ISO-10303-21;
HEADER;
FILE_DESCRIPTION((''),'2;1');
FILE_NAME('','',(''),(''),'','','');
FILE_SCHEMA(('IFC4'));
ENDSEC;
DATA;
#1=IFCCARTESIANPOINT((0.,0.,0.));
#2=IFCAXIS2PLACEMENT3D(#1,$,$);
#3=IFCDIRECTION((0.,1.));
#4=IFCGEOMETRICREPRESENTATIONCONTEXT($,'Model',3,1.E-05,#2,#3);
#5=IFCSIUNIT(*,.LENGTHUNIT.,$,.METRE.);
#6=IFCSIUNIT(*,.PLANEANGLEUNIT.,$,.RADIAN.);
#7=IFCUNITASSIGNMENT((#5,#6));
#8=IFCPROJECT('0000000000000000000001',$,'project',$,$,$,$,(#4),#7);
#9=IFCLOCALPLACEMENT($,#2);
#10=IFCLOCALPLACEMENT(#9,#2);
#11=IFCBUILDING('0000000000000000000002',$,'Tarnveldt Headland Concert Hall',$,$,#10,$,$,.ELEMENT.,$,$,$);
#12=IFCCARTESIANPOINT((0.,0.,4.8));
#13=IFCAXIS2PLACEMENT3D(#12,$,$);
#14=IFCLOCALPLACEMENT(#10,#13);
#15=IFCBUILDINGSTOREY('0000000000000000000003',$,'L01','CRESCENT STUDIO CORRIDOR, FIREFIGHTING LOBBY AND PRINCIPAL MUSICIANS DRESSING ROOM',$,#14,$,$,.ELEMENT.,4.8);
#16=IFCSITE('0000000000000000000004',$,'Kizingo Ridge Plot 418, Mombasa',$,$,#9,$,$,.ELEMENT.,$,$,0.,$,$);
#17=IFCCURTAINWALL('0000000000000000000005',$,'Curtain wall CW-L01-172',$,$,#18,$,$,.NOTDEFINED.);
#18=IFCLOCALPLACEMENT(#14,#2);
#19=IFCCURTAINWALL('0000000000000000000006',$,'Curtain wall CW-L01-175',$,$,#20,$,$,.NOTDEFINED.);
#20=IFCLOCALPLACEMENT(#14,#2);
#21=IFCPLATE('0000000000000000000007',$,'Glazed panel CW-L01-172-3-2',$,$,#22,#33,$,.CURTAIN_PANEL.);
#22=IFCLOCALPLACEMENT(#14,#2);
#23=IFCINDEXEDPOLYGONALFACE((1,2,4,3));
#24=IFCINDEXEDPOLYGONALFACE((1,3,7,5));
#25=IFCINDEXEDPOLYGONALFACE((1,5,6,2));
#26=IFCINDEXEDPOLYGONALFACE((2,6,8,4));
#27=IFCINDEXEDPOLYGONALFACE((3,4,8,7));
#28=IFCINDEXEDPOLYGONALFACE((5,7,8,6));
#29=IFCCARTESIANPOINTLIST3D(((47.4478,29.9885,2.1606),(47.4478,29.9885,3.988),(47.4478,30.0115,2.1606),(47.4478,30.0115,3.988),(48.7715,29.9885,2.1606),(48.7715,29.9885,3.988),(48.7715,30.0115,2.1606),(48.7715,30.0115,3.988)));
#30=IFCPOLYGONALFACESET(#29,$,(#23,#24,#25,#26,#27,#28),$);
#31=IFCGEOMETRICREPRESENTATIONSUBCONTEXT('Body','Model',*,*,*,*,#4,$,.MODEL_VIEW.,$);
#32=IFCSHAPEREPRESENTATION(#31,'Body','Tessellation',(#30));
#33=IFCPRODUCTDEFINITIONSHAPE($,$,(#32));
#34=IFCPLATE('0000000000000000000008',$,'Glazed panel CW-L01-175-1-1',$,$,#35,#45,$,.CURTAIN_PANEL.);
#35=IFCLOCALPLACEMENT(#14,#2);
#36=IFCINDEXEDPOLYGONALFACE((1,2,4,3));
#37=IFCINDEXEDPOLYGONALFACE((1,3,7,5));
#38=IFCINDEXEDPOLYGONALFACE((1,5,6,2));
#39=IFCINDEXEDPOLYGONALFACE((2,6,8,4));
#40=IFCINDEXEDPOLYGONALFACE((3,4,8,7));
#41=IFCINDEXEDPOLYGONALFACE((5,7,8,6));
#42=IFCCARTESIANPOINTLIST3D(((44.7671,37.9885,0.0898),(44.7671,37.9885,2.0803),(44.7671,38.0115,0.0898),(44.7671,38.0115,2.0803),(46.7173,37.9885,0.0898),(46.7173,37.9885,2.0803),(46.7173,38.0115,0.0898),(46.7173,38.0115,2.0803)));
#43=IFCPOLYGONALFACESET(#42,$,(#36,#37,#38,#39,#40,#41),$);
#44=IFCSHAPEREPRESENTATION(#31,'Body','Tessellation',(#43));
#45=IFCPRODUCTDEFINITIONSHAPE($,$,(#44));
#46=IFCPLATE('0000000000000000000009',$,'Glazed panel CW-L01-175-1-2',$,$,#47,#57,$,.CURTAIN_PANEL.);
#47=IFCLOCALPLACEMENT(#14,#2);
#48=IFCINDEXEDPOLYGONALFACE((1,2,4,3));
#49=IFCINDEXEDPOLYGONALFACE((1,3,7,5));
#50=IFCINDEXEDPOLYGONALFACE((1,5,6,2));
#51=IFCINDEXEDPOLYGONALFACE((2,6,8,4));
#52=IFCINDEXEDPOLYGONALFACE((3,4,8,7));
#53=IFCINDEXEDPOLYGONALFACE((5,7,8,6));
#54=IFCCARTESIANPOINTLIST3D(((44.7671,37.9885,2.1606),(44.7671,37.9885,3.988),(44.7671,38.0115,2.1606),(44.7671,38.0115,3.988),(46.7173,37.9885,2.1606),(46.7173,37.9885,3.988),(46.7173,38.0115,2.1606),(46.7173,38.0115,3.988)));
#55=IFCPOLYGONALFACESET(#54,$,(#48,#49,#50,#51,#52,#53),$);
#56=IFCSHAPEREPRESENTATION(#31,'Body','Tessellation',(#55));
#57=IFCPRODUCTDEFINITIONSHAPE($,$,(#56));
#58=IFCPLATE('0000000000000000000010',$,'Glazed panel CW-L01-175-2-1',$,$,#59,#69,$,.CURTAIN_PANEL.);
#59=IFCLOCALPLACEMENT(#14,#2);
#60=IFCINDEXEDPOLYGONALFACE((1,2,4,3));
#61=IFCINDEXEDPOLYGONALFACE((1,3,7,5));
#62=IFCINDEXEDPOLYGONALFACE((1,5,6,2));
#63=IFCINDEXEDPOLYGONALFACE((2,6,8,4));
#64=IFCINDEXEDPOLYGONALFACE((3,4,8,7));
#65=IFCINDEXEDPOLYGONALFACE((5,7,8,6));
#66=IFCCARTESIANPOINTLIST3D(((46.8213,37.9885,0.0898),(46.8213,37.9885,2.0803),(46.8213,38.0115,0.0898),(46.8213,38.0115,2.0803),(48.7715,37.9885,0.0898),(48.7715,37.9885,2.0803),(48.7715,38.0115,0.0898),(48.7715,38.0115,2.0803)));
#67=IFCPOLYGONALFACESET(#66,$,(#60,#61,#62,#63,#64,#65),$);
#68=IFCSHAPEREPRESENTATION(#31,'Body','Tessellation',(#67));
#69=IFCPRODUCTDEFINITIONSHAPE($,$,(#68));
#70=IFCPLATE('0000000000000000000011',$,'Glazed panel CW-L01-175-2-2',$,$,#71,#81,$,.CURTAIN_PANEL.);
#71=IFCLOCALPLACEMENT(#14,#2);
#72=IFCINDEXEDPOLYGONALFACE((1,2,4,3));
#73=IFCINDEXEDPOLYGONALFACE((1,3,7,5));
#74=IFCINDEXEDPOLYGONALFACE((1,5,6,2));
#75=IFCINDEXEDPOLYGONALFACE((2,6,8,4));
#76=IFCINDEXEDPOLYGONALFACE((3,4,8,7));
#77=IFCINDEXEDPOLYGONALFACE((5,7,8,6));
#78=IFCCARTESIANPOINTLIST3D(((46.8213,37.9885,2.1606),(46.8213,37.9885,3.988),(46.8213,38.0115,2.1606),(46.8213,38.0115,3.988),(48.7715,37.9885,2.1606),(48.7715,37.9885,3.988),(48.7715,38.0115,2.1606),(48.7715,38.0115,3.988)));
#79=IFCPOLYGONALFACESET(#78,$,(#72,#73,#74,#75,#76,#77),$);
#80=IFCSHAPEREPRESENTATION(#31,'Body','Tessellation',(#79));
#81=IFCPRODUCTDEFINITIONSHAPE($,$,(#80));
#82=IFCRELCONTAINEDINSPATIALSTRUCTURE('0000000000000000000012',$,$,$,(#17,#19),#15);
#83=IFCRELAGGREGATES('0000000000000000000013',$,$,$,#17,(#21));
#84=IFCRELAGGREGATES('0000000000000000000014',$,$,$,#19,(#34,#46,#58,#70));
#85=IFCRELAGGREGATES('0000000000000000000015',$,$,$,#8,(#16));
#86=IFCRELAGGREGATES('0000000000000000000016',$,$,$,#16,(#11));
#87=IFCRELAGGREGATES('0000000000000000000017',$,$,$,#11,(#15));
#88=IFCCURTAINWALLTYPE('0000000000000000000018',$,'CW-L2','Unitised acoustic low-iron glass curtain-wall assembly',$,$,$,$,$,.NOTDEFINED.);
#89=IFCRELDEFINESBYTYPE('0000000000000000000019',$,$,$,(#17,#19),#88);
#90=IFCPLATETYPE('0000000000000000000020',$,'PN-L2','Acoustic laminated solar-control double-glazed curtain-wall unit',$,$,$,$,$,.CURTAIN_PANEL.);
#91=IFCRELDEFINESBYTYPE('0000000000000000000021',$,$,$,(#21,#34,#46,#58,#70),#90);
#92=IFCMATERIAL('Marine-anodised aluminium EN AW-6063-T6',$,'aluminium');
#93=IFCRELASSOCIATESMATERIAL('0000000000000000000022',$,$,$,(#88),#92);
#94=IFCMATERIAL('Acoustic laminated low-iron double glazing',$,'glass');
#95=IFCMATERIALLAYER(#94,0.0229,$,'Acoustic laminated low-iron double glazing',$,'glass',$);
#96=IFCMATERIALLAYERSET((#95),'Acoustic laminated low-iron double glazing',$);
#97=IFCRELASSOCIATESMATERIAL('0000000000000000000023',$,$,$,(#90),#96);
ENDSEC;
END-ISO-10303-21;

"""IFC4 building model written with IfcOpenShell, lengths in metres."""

from ifc_helpers import new_model, si_unit, direction, frame, origin, origin_2d, place, context, subcontext, project, spatial, rectangle, extrude, material, layer, layer_set, type_object, element, aggregate, save


model = new_model("IFC4")

# Units and contexts
model_context = context("Model", 3, precision=1e-05, world=origin(), true_north=direction((0.0, 1.0)))
body_context = subcontext(model_context, "Body", "Model", "MODEL_VIEW")
ifc_project = project(units=[si_unit("LENGTHUNIT", "METRE"), si_unit("PLANEANGLEUNIT", "RADIAN")], contexts=[model_context])

# Site, building, storey
site_placement = place(None, origin())
site = spatial("IfcSite", under=ifc_project, at=site_placement, Name="Kizingo Ridge Plot 418, Mombasa", CompositionType="ELEMENT", RefElevation=0.0)
building_placement = place(site_placement, origin())
building = spatial("IfcBuilding", under=site, at=building_placement, Name="Tarnveldt Headland Concert Hall", CompositionType="ELEMENT")
storey_placement = place(building_placement, frame((0.0, 0.0, 4.8)))
storey = spatial("IfcBuildingStorey", under=building, at=storey_placement, Name="L01", Description="CRESCENT STUDIO CORRIDOR, FIREFIGHTING LOBBY AND PRINCIPAL MUSICIANS DRESSING ROOM", CompositionType="ELEMENT", Elevation=4.8)

# Curtain wall
ifc_material_1 = material(Name="Marine-anodised aluminium EN AW-6063-T6", Category="aluminium")
curtain_wall_type = type_object("IfcCurtainWallType", Name="CW-L2", Description="Unitised acoustic low-iron glass curtain-wall assembly", PredefinedType="NOTDEFINED", material=ifc_material_1)
curtain_wall_1_placement = place(storey_placement, origin())
curtain_wall_1 = element("IfcCurtainWall", 1, at=curtain_wall_1_placement, inside=storey, type_object=curtain_wall_type, Name="Curtain wall CW-L01-172", PredefinedType="NOTDEFINED")

# Curtain wall
curtain_wall_2_placement = place(storey_placement, origin())
curtain_wall_2 = element("IfcCurtainWall", 2, at=curtain_wall_2_placement, inside=storey, type_object=curtain_wall_type, Name="Curtain wall CW-L01-175", PredefinedType="NOTDEFINED")

# Plates
ifc_material_2 = material(Name="Acoustic laminated low-iron double glazing", Category="glass")
ifc_layer_1 = layer(ifc_material_2, 0.0229, Name="Acoustic laminated low-iron double glazing", Category="glass")
ifc_layer_set_1 = layer_set([ifc_layer_1], Name="Acoustic laminated low-iron double glazing")
plate_type_1 = type_object("IfcPlateType", Name="PN-L2", Description="Acoustic laminated solar-control double-glazed curtain-wall unit", PredefinedType="CURTAIN_PANEL", material=ifc_layer_set_1)
plate_1_placement = place(storey_placement, frame((48.1096, 30.0, 2.1606), z_axis=(0.0, 0.0, 1.0), x_axis=(1.0, 0.0, 0.0)))
plate_1 = element("IfcPlate", 3, at=plate_1_placement, type_object=plate_type_1, Name="Glazed panel CW-L01-172-3-2", PredefinedType="CURTAIN_PANEL", context=body_context, shape_type="SweptSolid", body=[
    extrude(rectangle(XDim=1.3237, YDim=0.0229, at=origin_2d()), origin(), (0.0, 0.0, 1.0), 1.8274),
])
aggregate(curtain_wall_1, [plate_1])
plate_2_placement = place(storey_placement, frame((45.7422, 38.0, 0.0898), z_axis=(0.0, 0.0, 1.0), x_axis=(1.0, 0.0, 0.0)))
plate_2 = element("IfcPlate", 4, at=plate_2_placement, type_object=plate_type_1, Name="Glazed panel CW-L01-175-1-1", PredefinedType="CURTAIN_PANEL", context=body_context, shape_type="SweptSolid", body=[
    extrude(rectangle(XDim=1.9502, YDim=0.0229, at=origin_2d()), origin(), (0.0, 0.0, 1.0), 1.9905),
])
plate_3_placement = place(storey_placement, frame((45.7422, 38.0, 2.1606), z_axis=(0.0, 0.0, 1.0), x_axis=(1.0, 0.0, 0.0)))
plate_3 = element("IfcPlate", 5, at=plate_3_placement, type_object=plate_type_1, Name="Glazed panel CW-L01-175-1-2", PredefinedType="CURTAIN_PANEL", context=body_context, shape_type="SweptSolid", body=[
    extrude(rectangle(XDim=1.9502, YDim=0.0229, at=origin_2d()), origin(), (0.0, 0.0, 1.0), 1.8274),
])
plate_4_placement = place(storey_placement, frame((47.7964, 38.0, 0.0898), z_axis=(0.0, 0.0, 1.0), x_axis=(1.0, 0.0, 0.0)))
plate_4 = element("IfcPlate", 6, at=plate_4_placement, type_object=plate_type_1, Name="Glazed panel CW-L01-175-2-1", PredefinedType="CURTAIN_PANEL", context=body_context, shape_type="SweptSolid", body=[
    extrude(rectangle(XDim=1.9502, YDim=0.0229, at=origin_2d()), origin(), (0.0, 0.0, 1.0), 1.9905),
])
plate_5_placement = place(storey_placement, frame((47.7964, 38.0, 2.1606), z_axis=(0.0, 0.0, 1.0), x_axis=(1.0, 0.0, 0.0)))
plate_5 = element("IfcPlate", 7, at=plate_5_placement, type_object=plate_type_1, Name="Glazed panel CW-L01-175-2-2", PredefinedType="CURTAIN_PANEL", context=body_context, shape_type="SweptSolid", body=[
    extrude(rectangle(XDim=1.9502, YDim=0.0229, at=origin_2d()), origin(), (0.0, 0.0, 1.0), 1.8274),
])
aggregate(curtain_wall_2, [plate_2, plate_3, plate_4, plate_5])

save(model, "model.ifc")
